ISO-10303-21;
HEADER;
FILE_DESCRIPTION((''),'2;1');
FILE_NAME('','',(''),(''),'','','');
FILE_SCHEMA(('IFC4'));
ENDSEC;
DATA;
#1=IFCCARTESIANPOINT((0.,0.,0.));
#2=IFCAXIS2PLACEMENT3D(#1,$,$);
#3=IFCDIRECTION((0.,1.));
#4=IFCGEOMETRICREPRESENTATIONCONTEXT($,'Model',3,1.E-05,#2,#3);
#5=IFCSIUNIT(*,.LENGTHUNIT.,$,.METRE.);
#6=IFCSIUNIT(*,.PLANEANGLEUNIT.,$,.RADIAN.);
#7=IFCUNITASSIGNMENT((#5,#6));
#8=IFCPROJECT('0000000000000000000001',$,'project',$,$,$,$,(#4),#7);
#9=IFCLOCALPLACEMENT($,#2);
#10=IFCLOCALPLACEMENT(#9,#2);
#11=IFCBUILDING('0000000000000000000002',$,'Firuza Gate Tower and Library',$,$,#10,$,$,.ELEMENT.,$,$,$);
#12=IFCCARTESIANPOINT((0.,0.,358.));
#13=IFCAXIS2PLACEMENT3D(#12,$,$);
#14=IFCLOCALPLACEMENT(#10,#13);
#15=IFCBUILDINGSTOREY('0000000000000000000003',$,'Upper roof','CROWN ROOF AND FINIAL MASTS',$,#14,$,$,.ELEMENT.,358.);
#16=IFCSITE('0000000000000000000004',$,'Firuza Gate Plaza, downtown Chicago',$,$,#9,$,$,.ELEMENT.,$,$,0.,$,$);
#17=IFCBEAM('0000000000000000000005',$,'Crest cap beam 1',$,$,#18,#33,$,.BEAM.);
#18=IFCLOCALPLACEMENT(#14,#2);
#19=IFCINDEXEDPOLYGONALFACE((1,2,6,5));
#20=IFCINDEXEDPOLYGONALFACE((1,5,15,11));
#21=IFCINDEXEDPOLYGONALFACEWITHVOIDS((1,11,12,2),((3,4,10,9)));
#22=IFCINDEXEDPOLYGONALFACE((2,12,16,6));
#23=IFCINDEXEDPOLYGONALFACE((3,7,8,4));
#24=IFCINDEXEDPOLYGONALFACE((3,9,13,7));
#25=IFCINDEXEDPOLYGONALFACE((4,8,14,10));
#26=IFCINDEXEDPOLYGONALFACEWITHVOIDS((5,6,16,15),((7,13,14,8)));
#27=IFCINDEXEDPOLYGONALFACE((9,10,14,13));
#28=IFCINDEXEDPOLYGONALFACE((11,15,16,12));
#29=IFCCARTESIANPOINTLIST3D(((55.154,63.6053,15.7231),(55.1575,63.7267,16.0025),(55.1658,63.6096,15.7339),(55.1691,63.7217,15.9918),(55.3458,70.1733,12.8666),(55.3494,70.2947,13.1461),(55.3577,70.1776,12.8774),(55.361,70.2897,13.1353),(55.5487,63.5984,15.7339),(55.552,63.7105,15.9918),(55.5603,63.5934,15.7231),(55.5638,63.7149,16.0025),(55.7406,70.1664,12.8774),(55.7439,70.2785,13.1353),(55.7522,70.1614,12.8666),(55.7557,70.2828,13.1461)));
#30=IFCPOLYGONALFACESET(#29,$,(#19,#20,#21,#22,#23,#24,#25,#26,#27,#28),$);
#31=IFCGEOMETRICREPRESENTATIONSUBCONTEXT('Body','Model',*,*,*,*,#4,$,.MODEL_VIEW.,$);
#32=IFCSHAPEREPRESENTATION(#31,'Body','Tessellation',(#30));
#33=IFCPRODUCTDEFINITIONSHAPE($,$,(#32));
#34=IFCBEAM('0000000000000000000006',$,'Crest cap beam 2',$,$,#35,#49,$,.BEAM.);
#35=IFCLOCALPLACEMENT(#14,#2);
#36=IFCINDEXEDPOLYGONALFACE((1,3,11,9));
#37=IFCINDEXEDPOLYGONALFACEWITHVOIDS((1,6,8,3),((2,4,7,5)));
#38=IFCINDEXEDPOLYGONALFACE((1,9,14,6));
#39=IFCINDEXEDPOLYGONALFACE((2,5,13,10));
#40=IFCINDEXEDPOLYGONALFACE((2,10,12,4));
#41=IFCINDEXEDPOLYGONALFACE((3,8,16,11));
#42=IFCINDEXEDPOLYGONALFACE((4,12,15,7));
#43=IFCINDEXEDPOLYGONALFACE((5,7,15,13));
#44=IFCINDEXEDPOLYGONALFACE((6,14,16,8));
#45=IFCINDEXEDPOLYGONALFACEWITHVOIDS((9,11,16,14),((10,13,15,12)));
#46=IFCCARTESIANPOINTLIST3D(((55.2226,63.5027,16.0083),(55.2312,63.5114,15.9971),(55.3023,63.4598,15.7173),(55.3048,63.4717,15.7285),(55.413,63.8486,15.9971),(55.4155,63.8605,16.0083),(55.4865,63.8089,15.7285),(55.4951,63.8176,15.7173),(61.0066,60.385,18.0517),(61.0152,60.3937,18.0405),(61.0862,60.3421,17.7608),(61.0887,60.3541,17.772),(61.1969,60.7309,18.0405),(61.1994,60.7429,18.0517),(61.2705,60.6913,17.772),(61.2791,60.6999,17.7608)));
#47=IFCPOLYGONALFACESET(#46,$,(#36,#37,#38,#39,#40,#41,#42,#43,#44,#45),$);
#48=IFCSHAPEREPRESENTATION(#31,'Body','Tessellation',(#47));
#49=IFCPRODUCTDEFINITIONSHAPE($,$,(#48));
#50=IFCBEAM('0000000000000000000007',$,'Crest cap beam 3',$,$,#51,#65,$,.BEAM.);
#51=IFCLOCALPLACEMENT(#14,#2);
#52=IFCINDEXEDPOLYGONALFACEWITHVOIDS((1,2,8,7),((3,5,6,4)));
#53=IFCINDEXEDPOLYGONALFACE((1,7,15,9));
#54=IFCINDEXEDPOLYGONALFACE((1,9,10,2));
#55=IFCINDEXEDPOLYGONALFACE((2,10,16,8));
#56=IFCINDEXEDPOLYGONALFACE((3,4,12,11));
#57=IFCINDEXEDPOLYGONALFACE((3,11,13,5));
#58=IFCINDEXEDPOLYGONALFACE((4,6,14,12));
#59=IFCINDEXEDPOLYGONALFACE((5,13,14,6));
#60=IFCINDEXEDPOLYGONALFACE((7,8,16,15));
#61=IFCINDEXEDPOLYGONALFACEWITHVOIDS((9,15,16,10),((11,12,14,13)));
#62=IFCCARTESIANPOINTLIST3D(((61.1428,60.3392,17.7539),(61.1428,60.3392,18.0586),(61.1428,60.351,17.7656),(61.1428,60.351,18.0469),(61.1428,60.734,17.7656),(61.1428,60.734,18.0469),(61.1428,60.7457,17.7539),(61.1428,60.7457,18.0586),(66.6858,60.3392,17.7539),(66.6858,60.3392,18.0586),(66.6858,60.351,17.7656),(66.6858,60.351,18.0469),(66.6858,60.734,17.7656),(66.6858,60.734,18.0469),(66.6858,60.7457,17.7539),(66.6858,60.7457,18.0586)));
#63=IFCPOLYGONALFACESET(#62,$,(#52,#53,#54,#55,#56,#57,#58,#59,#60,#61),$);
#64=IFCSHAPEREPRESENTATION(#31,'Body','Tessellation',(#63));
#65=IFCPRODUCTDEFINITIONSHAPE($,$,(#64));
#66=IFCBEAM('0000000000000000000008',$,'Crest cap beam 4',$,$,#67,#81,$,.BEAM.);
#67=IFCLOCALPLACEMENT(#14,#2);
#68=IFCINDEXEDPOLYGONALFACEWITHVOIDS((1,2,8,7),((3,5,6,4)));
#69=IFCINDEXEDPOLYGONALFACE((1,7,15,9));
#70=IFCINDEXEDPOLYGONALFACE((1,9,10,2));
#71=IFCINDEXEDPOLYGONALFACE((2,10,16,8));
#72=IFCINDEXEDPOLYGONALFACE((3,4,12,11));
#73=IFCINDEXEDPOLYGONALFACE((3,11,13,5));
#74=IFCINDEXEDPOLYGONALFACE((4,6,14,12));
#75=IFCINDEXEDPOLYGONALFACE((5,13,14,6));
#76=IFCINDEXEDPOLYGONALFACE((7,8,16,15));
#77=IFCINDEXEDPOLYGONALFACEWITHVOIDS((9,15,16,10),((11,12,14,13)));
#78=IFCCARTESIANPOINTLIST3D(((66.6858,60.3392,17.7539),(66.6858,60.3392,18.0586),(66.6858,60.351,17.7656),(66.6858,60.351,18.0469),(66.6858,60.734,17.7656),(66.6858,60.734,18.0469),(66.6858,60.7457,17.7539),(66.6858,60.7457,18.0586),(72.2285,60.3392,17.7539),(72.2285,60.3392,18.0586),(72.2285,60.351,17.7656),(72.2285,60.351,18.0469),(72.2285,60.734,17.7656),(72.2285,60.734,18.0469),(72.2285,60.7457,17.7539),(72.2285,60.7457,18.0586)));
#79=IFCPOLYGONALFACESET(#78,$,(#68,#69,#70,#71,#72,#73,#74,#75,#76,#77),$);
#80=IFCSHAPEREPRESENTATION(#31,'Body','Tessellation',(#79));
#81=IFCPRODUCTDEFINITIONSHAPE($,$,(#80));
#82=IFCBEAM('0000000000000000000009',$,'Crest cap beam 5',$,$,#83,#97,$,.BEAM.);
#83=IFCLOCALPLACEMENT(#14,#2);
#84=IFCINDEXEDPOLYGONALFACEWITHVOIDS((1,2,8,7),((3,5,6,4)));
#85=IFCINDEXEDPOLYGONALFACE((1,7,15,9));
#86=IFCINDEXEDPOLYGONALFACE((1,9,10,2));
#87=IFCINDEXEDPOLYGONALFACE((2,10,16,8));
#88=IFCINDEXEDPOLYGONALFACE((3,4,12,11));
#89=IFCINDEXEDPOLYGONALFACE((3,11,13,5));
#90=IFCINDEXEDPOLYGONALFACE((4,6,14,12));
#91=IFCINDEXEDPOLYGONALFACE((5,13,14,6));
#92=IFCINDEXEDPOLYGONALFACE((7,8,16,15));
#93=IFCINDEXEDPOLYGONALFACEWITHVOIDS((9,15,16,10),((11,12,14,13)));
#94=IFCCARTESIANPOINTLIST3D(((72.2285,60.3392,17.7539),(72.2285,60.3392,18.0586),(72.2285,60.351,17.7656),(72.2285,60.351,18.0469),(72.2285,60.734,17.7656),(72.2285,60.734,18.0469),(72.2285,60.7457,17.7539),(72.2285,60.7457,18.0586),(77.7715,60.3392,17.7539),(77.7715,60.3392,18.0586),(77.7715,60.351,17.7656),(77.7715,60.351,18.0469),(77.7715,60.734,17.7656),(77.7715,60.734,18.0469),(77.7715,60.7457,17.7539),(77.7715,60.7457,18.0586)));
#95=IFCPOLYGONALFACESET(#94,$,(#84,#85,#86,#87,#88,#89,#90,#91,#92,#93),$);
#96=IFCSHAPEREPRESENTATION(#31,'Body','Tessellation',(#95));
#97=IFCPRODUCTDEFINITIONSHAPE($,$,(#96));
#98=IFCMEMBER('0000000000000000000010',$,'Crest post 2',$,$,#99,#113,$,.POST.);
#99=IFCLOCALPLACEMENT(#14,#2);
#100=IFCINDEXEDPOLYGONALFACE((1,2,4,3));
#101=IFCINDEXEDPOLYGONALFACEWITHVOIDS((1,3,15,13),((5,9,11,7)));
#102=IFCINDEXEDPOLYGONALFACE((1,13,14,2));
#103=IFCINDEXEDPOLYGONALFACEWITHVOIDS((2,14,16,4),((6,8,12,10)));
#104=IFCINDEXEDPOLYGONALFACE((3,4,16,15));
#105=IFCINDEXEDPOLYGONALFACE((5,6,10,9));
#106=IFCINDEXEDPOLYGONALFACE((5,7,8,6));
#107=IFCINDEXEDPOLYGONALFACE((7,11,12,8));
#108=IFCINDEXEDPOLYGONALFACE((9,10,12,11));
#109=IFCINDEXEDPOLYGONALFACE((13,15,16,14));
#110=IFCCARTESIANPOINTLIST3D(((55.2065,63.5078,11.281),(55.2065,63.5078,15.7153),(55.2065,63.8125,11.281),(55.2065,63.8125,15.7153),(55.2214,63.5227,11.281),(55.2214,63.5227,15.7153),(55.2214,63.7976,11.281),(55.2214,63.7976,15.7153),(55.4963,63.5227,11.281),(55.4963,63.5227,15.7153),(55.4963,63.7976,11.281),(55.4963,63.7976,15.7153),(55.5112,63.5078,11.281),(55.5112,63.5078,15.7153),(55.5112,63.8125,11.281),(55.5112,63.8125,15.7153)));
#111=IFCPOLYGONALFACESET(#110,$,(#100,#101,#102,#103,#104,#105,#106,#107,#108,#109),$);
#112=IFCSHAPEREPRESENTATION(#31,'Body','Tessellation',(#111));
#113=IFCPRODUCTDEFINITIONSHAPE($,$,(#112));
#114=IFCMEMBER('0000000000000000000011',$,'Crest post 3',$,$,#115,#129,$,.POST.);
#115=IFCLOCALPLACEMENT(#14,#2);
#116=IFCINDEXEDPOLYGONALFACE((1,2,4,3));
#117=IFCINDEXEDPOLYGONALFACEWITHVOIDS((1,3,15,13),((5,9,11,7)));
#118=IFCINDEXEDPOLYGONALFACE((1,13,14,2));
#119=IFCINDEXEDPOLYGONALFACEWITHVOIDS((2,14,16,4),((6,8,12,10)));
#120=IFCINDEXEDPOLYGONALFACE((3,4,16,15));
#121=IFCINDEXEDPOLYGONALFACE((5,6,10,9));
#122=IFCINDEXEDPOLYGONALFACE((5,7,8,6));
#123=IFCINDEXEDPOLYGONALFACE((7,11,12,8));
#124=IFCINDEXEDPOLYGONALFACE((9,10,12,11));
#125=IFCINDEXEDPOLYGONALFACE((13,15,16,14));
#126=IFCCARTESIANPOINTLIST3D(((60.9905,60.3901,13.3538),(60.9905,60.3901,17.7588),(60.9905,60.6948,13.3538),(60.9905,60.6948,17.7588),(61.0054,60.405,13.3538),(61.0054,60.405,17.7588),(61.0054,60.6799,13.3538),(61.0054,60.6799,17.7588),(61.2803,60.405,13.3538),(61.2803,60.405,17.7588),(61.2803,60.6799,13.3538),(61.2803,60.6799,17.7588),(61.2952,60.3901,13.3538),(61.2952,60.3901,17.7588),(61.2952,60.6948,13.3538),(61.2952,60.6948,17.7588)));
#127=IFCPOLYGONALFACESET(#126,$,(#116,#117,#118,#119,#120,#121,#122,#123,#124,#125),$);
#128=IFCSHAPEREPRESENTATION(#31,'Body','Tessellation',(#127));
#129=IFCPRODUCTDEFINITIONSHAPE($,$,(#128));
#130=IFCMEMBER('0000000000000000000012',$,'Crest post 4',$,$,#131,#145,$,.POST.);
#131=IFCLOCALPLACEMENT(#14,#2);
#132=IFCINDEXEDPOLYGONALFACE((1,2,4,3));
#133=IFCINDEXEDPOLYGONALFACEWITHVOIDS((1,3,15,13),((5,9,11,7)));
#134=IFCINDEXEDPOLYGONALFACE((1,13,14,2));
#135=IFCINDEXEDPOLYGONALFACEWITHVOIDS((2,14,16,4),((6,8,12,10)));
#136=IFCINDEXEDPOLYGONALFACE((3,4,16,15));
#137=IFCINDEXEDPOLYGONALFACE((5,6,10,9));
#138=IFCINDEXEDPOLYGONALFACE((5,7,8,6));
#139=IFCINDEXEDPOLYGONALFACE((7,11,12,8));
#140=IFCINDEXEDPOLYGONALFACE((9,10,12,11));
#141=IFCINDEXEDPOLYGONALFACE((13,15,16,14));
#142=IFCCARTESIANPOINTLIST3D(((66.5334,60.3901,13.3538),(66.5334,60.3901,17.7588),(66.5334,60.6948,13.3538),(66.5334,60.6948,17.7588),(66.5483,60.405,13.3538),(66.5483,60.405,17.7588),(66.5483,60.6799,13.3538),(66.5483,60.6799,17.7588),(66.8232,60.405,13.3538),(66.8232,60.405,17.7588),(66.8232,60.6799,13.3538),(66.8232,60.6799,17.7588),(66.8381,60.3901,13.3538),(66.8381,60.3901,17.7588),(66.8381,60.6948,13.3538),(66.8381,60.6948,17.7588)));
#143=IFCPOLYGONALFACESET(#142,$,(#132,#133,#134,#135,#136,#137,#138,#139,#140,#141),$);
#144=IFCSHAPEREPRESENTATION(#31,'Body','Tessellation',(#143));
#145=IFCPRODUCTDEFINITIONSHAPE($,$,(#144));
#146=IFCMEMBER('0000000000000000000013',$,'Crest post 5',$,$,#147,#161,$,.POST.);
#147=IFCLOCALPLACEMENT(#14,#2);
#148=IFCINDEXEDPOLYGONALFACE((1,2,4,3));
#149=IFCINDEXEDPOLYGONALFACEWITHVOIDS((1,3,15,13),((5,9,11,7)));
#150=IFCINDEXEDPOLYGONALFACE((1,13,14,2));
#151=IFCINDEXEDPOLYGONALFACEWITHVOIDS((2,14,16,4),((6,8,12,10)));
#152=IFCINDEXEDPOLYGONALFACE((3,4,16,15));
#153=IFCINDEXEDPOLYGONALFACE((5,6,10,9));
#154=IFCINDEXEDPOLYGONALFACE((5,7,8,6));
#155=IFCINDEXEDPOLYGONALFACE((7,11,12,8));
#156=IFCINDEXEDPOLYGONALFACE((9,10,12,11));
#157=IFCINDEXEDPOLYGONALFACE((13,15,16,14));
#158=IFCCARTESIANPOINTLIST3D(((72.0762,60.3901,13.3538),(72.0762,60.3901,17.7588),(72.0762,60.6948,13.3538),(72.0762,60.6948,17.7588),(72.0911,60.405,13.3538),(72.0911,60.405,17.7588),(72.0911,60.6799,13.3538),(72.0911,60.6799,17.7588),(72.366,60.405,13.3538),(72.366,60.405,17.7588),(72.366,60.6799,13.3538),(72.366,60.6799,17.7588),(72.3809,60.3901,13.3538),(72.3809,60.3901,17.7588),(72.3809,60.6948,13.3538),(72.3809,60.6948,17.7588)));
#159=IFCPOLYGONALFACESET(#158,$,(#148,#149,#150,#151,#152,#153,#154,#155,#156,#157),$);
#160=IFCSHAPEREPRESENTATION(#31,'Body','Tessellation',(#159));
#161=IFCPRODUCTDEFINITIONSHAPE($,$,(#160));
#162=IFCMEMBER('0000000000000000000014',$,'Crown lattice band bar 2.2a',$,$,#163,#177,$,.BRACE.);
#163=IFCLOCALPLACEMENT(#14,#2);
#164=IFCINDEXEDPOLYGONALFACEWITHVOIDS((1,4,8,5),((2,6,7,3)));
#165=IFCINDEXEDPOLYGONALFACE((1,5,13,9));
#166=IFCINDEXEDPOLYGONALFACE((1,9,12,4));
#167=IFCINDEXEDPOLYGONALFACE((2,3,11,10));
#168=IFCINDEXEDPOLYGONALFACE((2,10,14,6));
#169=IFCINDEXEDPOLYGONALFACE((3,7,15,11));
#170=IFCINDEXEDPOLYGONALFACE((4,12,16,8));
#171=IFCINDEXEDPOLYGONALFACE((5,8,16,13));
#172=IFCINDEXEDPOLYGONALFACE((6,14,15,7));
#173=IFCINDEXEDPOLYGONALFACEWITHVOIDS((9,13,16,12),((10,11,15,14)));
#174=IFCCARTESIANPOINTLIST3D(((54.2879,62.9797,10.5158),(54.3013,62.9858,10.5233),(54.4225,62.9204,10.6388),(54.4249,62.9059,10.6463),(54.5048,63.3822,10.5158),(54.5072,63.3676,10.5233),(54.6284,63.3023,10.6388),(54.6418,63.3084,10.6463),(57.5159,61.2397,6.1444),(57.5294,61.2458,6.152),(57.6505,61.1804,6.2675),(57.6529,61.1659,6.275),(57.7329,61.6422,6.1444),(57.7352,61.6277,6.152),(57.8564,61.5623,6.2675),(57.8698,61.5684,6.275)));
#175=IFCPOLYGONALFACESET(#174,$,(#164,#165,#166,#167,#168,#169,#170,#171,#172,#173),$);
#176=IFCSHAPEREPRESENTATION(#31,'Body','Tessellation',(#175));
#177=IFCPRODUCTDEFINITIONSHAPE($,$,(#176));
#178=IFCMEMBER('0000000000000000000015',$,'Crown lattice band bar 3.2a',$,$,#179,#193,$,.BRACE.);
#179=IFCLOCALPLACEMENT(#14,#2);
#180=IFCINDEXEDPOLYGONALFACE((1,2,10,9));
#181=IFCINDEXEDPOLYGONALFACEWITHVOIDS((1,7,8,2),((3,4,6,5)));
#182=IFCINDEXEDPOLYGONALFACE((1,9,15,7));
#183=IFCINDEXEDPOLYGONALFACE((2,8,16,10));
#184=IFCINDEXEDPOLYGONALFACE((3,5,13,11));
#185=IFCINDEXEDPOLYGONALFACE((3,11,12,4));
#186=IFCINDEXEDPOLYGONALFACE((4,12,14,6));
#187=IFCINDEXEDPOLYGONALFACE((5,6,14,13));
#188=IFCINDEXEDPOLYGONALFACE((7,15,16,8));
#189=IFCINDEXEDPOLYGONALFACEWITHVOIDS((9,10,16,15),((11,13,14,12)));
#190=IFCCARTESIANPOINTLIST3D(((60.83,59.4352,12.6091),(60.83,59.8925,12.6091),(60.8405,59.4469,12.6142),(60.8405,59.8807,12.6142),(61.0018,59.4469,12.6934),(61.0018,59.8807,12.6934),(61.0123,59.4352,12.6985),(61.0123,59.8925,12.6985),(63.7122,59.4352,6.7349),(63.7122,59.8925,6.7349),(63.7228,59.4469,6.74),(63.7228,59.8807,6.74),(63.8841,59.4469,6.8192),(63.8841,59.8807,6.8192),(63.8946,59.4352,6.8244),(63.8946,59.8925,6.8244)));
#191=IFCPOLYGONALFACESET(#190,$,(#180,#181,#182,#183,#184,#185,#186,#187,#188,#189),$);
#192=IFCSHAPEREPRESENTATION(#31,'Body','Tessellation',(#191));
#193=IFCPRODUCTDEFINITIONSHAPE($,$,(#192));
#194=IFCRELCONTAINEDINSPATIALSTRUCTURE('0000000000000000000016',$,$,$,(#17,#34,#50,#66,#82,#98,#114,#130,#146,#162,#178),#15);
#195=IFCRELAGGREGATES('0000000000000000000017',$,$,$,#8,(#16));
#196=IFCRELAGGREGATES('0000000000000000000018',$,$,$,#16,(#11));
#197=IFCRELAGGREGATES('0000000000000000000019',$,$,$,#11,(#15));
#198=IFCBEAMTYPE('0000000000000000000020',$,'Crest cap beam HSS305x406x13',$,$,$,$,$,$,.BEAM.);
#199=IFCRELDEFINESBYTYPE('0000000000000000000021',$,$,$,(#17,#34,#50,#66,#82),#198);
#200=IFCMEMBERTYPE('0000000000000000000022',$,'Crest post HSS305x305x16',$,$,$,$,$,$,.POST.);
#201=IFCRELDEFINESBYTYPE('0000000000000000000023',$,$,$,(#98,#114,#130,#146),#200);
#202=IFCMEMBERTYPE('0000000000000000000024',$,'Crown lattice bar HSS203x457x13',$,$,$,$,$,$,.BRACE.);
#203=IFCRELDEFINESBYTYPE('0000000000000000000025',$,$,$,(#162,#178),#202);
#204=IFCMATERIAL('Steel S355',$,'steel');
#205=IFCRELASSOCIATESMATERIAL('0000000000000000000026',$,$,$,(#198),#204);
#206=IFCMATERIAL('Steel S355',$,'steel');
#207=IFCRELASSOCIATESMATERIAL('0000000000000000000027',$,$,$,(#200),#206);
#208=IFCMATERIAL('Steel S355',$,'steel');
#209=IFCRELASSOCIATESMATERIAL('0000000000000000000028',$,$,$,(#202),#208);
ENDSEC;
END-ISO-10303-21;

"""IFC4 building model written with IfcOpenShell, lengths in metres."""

from ifc_helpers import new_model, si_unit, direction, frame, origin, origin_2d, place, context, subcontext, project, spatial, hollow_rectangle, extrude, material, material_profile, profile_set, type_object, element, save


model = new_model("IFC4")

# Units and contexts
model_context = context("Model", 3, precision=1e-05, world=origin(), true_north=direction((0.0, 1.0)))
body_context = subcontext(model_context, "Body", "Model", "MODEL_VIEW")
ifc_project = project(units=[si_unit("LENGTHUNIT", "METRE"), si_unit("PLANEANGLEUNIT", "RADIAN")], contexts=[model_context])

# Site, building, storey
site_placement = place(None, origin())
site = spatial("IfcSite", under=ifc_project, at=site_placement, Name="Firuza Gate Plaza, downtown Chicago", CompositionType="ELEMENT", RefElevation=0.0)
building_placement = place(site_placement, origin())
building = spatial("IfcBuilding", under=site, at=building_placement, Name="Firuza Gate Tower and Library", CompositionType="ELEMENT")
storey_placement = place(building_placement, frame((0.0, 0.0, 358.0)))
storey = spatial("IfcBuildingStorey", under=building, at=storey_placement, Name="Upper roof", Description="CROWN ROOF AND FINIAL MASTS", CompositionType="ELEMENT", Elevation=358.0)

# Beams
ifc_material_1 = material(Name="Steel S355", Category="steel")
ifc_material_profile_1 = material_profile(ifc_material_1, hollow_rectangle(XDim=0.4065, YDim=0.3047, WallThickness=0.0117, at=origin_2d()))
ifc_profile_set_1 = profile_set([ifc_material_profile_1], Name="Steel S355")
beam_type_1 = type_object("IfcBeamType", Name="Crest cap beam HSS305x406x13", PredefinedType="BEAM", material=ifc_profile_set_1)
beam_1_placement = place(storey_placement, frame((55.5508, 70.228, 13.0063), z_axis=(-0.026783, -0.916698, 0.398683), x_axis=(0.999573, -0.029205, 0.0)))
element("IfcBeam", 1, at=beam_1_placement, inside=storey, type_object=beam_type_1, Name="Crest cap beam 1", PredefinedType="BEAM", context=body_context, shape_type="SweptSolid", body=[
    extrude(hollow_rectangle(XDim=0.4065, YDim=0.3047, WallThickness=0.0117, at=origin_2d()), origin(), (0.0, 0.0, 1.0), 7.1648),
])
beam_2_placement = place(storey_placement, frame((55.3589, 63.6602, 15.8628), z_axis=(0.840554, -0.453078, 0.296967), x_axis=(0.474483, 0.880265, 0.0)))
element("IfcBeam", 2, at=beam_2_placement, inside=storey, type_object=beam_type_1, Name="Crest cap beam 2", PredefinedType="BEAM", context=body_context, shape_type="SweptSolid", body=[
    extrude(hollow_rectangle(XDim=0.4065, YDim=0.3047, WallThickness=0.0117, at=origin_2d()), origin(), (0.0, 0.0, 1.0), 6.8811),
])
beam_3_placement = place(storey_placement, frame((61.1428, 60.5425, 17.9062), z_axis=(1.0, 0.0, 0.0), x_axis=(0.0, 1.0, 0.0)))
element("IfcBeam", 3, at=beam_3_placement, inside=storey, type_object=beam_type_1, Name="Crest cap beam 3", PredefinedType="BEAM", context=body_context, shape_type="SweptSolid", body=[
    extrude(hollow_rectangle(XDim=0.4065, YDim=0.3047, WallThickness=0.0117, at=origin_2d()), origin(), (0.0, 0.0, 1.0), 5.543),
])
beam_4_placement = place(storey_placement, frame((66.6858, 60.5425, 17.9062), z_axis=(1.0, 0.0, 0.0), x_axis=(0.0, 1.0, 0.0)))
element("IfcBeam", 4, at=beam_4_placement, inside=storey, type_object=beam_type_1, Name="Crest cap beam 4", PredefinedType="BEAM", context=body_context, shape_type="SweptSolid", body=[
    extrude(hollow_rectangle(XDim=0.4065, YDim=0.3047, WallThickness=0.0117, at=origin_2d()), origin(), (0.0, 0.0, 1.0), 5.5427),
])
beam_5_placement = place(storey_placement, frame((72.2285, 60.5425, 17.9062), z_axis=(1.0, 0.0, 0.0), x_axis=(0.0, 1.0, 0.0)))
element("IfcBeam", 5, at=beam_5_placement, inside=storey, type_object=beam_type_1, Name="Crest cap beam 5", PredefinedType="BEAM", context=body_context, shape_type="SweptSolid", body=[
    extrude(hollow_rectangle(XDim=0.4065, YDim=0.3047, WallThickness=0.0117, at=origin_2d()), origin(), (0.0, 0.0, 1.0), 5.543),
])

# Members
ifc_material_2 = material(Name="Steel S355", Category="steel")
ifc_material_profile_2 = material_profile(ifc_material_2, hollow_rectangle(XDim=0.3047, YDim=0.3047, WallThickness=0.0149, at=origin_2d()))
ifc_profile_set_2 = profile_set([ifc_material_profile_2], Name="Steel S355")
member_type_1 = type_object("IfcMemberType", Name="Crest post HSS305x305x16", PredefinedType="POST", material=ifc_profile_set_2)
member_1_placement = place(storey_placement, frame((55.3589, 63.6602, 11.281), z_axis=(0.0, 0.0, 1.0), x_axis=(1.0, 0.0, 0.0)))
element("IfcMember", 6, at=member_1_placement, inside=storey, type_object=member_type_1, Name="Crest post 2", PredefinedType="POST", context=body_context, shape_type="SweptSolid", body=[
    extrude(hollow_rectangle(XDim=0.3047, YDim=0.3047, WallThickness=0.0149, at=origin_2d()), origin(), (0.0, 0.0, 1.0), 4.4343),
])
for number, where, z_axis, x_axis, name in (
    (7, (61.1428, 60.5425, 13.3538), (0.0, 0.0, 1.0), (1.0, 0.0, 0.0), "Crest post 3"),
    (8, (66.6858, 60.5425, 13.3538), (0.0, 0.0, 1.0), (1.0, 0.0, 0.0), "Crest post 4"),
    (9, (72.2285, 60.5425, 13.3538), (0.0, 0.0, 1.0), (1.0, 0.0, 0.0), "Crest post 5"),
):
    element("IfcMember", number, at=place(storey_placement, frame(where, z_axis=z_axis, x_axis=x_axis)), inside=storey, type_object=member_type_1, Name=name, PredefinedType="POST", context=body_context, shape_type="SweptSolid", body=[
        extrude(hollow_rectangle(XDim=0.3047, YDim=0.3047, WallThickness=0.0149, at=origin_2d()), origin(), (0.0, 0.0, 1.0), 4.405),
    ])
ifc_material_3 = material(Name="Steel S355", Category="steel")
ifc_material_profile_3 = material_profile(ifc_material_3, hollow_rectangle(XDim=0.4573, YDim=0.2031, WallThickness=0.0117, at=origin_2d()))
ifc_profile_set_3 = profile_set([ifc_material_profile_3], Name="Steel S355")
member_type_2 = type_object("IfcMemberType", Name="Crown lattice bar HSS203x457x13", PredefinedType="BRACE", material=ifc_profile_set_3)
member_2_placement = place(storey_placement, frame((54.4648, 63.144, 10.5811), z_axis=(0.565743, -0.30495, -0.76612), x_axis=(0.474485, 0.880264, 0.0)))
element("IfcMember", 10, at=member_2_placement, inside=storey, type_object=member_type_2, Name="Crown lattice band bar 2.2a", PredefinedType="BRACE", context=body_context, shape_type="SweptSolid", body=[
    extrude(hollow_rectangle(XDim=0.4573, YDim=0.2031, WallThickness=0.0117, at=origin_2d()), origin(), (0.0, 0.0, 1.0), 5.7058),
])
member_3_placement = place(storey_placement, frame((60.9211, 59.6638, 12.6538), z_axis=(0.4405, 0.0, -0.897753), x_axis=(0.0, 1.0, 0.0)))
element("IfcMember", 11, at=member_3_placement, inside=storey, type_object=member_type_2, Name="Crown lattice band bar 3.2a", PredefinedType="BRACE", context=body_context, shape_type="SweptSolid", body=[
    extrude(hollow_rectangle(XDim=0.4573, YDim=0.2031, WallThickness=0.0117, at=origin_2d()), origin(), (0.0, 0.0, 1.0), 6.5432),
])

save(model, "model.ifc")
